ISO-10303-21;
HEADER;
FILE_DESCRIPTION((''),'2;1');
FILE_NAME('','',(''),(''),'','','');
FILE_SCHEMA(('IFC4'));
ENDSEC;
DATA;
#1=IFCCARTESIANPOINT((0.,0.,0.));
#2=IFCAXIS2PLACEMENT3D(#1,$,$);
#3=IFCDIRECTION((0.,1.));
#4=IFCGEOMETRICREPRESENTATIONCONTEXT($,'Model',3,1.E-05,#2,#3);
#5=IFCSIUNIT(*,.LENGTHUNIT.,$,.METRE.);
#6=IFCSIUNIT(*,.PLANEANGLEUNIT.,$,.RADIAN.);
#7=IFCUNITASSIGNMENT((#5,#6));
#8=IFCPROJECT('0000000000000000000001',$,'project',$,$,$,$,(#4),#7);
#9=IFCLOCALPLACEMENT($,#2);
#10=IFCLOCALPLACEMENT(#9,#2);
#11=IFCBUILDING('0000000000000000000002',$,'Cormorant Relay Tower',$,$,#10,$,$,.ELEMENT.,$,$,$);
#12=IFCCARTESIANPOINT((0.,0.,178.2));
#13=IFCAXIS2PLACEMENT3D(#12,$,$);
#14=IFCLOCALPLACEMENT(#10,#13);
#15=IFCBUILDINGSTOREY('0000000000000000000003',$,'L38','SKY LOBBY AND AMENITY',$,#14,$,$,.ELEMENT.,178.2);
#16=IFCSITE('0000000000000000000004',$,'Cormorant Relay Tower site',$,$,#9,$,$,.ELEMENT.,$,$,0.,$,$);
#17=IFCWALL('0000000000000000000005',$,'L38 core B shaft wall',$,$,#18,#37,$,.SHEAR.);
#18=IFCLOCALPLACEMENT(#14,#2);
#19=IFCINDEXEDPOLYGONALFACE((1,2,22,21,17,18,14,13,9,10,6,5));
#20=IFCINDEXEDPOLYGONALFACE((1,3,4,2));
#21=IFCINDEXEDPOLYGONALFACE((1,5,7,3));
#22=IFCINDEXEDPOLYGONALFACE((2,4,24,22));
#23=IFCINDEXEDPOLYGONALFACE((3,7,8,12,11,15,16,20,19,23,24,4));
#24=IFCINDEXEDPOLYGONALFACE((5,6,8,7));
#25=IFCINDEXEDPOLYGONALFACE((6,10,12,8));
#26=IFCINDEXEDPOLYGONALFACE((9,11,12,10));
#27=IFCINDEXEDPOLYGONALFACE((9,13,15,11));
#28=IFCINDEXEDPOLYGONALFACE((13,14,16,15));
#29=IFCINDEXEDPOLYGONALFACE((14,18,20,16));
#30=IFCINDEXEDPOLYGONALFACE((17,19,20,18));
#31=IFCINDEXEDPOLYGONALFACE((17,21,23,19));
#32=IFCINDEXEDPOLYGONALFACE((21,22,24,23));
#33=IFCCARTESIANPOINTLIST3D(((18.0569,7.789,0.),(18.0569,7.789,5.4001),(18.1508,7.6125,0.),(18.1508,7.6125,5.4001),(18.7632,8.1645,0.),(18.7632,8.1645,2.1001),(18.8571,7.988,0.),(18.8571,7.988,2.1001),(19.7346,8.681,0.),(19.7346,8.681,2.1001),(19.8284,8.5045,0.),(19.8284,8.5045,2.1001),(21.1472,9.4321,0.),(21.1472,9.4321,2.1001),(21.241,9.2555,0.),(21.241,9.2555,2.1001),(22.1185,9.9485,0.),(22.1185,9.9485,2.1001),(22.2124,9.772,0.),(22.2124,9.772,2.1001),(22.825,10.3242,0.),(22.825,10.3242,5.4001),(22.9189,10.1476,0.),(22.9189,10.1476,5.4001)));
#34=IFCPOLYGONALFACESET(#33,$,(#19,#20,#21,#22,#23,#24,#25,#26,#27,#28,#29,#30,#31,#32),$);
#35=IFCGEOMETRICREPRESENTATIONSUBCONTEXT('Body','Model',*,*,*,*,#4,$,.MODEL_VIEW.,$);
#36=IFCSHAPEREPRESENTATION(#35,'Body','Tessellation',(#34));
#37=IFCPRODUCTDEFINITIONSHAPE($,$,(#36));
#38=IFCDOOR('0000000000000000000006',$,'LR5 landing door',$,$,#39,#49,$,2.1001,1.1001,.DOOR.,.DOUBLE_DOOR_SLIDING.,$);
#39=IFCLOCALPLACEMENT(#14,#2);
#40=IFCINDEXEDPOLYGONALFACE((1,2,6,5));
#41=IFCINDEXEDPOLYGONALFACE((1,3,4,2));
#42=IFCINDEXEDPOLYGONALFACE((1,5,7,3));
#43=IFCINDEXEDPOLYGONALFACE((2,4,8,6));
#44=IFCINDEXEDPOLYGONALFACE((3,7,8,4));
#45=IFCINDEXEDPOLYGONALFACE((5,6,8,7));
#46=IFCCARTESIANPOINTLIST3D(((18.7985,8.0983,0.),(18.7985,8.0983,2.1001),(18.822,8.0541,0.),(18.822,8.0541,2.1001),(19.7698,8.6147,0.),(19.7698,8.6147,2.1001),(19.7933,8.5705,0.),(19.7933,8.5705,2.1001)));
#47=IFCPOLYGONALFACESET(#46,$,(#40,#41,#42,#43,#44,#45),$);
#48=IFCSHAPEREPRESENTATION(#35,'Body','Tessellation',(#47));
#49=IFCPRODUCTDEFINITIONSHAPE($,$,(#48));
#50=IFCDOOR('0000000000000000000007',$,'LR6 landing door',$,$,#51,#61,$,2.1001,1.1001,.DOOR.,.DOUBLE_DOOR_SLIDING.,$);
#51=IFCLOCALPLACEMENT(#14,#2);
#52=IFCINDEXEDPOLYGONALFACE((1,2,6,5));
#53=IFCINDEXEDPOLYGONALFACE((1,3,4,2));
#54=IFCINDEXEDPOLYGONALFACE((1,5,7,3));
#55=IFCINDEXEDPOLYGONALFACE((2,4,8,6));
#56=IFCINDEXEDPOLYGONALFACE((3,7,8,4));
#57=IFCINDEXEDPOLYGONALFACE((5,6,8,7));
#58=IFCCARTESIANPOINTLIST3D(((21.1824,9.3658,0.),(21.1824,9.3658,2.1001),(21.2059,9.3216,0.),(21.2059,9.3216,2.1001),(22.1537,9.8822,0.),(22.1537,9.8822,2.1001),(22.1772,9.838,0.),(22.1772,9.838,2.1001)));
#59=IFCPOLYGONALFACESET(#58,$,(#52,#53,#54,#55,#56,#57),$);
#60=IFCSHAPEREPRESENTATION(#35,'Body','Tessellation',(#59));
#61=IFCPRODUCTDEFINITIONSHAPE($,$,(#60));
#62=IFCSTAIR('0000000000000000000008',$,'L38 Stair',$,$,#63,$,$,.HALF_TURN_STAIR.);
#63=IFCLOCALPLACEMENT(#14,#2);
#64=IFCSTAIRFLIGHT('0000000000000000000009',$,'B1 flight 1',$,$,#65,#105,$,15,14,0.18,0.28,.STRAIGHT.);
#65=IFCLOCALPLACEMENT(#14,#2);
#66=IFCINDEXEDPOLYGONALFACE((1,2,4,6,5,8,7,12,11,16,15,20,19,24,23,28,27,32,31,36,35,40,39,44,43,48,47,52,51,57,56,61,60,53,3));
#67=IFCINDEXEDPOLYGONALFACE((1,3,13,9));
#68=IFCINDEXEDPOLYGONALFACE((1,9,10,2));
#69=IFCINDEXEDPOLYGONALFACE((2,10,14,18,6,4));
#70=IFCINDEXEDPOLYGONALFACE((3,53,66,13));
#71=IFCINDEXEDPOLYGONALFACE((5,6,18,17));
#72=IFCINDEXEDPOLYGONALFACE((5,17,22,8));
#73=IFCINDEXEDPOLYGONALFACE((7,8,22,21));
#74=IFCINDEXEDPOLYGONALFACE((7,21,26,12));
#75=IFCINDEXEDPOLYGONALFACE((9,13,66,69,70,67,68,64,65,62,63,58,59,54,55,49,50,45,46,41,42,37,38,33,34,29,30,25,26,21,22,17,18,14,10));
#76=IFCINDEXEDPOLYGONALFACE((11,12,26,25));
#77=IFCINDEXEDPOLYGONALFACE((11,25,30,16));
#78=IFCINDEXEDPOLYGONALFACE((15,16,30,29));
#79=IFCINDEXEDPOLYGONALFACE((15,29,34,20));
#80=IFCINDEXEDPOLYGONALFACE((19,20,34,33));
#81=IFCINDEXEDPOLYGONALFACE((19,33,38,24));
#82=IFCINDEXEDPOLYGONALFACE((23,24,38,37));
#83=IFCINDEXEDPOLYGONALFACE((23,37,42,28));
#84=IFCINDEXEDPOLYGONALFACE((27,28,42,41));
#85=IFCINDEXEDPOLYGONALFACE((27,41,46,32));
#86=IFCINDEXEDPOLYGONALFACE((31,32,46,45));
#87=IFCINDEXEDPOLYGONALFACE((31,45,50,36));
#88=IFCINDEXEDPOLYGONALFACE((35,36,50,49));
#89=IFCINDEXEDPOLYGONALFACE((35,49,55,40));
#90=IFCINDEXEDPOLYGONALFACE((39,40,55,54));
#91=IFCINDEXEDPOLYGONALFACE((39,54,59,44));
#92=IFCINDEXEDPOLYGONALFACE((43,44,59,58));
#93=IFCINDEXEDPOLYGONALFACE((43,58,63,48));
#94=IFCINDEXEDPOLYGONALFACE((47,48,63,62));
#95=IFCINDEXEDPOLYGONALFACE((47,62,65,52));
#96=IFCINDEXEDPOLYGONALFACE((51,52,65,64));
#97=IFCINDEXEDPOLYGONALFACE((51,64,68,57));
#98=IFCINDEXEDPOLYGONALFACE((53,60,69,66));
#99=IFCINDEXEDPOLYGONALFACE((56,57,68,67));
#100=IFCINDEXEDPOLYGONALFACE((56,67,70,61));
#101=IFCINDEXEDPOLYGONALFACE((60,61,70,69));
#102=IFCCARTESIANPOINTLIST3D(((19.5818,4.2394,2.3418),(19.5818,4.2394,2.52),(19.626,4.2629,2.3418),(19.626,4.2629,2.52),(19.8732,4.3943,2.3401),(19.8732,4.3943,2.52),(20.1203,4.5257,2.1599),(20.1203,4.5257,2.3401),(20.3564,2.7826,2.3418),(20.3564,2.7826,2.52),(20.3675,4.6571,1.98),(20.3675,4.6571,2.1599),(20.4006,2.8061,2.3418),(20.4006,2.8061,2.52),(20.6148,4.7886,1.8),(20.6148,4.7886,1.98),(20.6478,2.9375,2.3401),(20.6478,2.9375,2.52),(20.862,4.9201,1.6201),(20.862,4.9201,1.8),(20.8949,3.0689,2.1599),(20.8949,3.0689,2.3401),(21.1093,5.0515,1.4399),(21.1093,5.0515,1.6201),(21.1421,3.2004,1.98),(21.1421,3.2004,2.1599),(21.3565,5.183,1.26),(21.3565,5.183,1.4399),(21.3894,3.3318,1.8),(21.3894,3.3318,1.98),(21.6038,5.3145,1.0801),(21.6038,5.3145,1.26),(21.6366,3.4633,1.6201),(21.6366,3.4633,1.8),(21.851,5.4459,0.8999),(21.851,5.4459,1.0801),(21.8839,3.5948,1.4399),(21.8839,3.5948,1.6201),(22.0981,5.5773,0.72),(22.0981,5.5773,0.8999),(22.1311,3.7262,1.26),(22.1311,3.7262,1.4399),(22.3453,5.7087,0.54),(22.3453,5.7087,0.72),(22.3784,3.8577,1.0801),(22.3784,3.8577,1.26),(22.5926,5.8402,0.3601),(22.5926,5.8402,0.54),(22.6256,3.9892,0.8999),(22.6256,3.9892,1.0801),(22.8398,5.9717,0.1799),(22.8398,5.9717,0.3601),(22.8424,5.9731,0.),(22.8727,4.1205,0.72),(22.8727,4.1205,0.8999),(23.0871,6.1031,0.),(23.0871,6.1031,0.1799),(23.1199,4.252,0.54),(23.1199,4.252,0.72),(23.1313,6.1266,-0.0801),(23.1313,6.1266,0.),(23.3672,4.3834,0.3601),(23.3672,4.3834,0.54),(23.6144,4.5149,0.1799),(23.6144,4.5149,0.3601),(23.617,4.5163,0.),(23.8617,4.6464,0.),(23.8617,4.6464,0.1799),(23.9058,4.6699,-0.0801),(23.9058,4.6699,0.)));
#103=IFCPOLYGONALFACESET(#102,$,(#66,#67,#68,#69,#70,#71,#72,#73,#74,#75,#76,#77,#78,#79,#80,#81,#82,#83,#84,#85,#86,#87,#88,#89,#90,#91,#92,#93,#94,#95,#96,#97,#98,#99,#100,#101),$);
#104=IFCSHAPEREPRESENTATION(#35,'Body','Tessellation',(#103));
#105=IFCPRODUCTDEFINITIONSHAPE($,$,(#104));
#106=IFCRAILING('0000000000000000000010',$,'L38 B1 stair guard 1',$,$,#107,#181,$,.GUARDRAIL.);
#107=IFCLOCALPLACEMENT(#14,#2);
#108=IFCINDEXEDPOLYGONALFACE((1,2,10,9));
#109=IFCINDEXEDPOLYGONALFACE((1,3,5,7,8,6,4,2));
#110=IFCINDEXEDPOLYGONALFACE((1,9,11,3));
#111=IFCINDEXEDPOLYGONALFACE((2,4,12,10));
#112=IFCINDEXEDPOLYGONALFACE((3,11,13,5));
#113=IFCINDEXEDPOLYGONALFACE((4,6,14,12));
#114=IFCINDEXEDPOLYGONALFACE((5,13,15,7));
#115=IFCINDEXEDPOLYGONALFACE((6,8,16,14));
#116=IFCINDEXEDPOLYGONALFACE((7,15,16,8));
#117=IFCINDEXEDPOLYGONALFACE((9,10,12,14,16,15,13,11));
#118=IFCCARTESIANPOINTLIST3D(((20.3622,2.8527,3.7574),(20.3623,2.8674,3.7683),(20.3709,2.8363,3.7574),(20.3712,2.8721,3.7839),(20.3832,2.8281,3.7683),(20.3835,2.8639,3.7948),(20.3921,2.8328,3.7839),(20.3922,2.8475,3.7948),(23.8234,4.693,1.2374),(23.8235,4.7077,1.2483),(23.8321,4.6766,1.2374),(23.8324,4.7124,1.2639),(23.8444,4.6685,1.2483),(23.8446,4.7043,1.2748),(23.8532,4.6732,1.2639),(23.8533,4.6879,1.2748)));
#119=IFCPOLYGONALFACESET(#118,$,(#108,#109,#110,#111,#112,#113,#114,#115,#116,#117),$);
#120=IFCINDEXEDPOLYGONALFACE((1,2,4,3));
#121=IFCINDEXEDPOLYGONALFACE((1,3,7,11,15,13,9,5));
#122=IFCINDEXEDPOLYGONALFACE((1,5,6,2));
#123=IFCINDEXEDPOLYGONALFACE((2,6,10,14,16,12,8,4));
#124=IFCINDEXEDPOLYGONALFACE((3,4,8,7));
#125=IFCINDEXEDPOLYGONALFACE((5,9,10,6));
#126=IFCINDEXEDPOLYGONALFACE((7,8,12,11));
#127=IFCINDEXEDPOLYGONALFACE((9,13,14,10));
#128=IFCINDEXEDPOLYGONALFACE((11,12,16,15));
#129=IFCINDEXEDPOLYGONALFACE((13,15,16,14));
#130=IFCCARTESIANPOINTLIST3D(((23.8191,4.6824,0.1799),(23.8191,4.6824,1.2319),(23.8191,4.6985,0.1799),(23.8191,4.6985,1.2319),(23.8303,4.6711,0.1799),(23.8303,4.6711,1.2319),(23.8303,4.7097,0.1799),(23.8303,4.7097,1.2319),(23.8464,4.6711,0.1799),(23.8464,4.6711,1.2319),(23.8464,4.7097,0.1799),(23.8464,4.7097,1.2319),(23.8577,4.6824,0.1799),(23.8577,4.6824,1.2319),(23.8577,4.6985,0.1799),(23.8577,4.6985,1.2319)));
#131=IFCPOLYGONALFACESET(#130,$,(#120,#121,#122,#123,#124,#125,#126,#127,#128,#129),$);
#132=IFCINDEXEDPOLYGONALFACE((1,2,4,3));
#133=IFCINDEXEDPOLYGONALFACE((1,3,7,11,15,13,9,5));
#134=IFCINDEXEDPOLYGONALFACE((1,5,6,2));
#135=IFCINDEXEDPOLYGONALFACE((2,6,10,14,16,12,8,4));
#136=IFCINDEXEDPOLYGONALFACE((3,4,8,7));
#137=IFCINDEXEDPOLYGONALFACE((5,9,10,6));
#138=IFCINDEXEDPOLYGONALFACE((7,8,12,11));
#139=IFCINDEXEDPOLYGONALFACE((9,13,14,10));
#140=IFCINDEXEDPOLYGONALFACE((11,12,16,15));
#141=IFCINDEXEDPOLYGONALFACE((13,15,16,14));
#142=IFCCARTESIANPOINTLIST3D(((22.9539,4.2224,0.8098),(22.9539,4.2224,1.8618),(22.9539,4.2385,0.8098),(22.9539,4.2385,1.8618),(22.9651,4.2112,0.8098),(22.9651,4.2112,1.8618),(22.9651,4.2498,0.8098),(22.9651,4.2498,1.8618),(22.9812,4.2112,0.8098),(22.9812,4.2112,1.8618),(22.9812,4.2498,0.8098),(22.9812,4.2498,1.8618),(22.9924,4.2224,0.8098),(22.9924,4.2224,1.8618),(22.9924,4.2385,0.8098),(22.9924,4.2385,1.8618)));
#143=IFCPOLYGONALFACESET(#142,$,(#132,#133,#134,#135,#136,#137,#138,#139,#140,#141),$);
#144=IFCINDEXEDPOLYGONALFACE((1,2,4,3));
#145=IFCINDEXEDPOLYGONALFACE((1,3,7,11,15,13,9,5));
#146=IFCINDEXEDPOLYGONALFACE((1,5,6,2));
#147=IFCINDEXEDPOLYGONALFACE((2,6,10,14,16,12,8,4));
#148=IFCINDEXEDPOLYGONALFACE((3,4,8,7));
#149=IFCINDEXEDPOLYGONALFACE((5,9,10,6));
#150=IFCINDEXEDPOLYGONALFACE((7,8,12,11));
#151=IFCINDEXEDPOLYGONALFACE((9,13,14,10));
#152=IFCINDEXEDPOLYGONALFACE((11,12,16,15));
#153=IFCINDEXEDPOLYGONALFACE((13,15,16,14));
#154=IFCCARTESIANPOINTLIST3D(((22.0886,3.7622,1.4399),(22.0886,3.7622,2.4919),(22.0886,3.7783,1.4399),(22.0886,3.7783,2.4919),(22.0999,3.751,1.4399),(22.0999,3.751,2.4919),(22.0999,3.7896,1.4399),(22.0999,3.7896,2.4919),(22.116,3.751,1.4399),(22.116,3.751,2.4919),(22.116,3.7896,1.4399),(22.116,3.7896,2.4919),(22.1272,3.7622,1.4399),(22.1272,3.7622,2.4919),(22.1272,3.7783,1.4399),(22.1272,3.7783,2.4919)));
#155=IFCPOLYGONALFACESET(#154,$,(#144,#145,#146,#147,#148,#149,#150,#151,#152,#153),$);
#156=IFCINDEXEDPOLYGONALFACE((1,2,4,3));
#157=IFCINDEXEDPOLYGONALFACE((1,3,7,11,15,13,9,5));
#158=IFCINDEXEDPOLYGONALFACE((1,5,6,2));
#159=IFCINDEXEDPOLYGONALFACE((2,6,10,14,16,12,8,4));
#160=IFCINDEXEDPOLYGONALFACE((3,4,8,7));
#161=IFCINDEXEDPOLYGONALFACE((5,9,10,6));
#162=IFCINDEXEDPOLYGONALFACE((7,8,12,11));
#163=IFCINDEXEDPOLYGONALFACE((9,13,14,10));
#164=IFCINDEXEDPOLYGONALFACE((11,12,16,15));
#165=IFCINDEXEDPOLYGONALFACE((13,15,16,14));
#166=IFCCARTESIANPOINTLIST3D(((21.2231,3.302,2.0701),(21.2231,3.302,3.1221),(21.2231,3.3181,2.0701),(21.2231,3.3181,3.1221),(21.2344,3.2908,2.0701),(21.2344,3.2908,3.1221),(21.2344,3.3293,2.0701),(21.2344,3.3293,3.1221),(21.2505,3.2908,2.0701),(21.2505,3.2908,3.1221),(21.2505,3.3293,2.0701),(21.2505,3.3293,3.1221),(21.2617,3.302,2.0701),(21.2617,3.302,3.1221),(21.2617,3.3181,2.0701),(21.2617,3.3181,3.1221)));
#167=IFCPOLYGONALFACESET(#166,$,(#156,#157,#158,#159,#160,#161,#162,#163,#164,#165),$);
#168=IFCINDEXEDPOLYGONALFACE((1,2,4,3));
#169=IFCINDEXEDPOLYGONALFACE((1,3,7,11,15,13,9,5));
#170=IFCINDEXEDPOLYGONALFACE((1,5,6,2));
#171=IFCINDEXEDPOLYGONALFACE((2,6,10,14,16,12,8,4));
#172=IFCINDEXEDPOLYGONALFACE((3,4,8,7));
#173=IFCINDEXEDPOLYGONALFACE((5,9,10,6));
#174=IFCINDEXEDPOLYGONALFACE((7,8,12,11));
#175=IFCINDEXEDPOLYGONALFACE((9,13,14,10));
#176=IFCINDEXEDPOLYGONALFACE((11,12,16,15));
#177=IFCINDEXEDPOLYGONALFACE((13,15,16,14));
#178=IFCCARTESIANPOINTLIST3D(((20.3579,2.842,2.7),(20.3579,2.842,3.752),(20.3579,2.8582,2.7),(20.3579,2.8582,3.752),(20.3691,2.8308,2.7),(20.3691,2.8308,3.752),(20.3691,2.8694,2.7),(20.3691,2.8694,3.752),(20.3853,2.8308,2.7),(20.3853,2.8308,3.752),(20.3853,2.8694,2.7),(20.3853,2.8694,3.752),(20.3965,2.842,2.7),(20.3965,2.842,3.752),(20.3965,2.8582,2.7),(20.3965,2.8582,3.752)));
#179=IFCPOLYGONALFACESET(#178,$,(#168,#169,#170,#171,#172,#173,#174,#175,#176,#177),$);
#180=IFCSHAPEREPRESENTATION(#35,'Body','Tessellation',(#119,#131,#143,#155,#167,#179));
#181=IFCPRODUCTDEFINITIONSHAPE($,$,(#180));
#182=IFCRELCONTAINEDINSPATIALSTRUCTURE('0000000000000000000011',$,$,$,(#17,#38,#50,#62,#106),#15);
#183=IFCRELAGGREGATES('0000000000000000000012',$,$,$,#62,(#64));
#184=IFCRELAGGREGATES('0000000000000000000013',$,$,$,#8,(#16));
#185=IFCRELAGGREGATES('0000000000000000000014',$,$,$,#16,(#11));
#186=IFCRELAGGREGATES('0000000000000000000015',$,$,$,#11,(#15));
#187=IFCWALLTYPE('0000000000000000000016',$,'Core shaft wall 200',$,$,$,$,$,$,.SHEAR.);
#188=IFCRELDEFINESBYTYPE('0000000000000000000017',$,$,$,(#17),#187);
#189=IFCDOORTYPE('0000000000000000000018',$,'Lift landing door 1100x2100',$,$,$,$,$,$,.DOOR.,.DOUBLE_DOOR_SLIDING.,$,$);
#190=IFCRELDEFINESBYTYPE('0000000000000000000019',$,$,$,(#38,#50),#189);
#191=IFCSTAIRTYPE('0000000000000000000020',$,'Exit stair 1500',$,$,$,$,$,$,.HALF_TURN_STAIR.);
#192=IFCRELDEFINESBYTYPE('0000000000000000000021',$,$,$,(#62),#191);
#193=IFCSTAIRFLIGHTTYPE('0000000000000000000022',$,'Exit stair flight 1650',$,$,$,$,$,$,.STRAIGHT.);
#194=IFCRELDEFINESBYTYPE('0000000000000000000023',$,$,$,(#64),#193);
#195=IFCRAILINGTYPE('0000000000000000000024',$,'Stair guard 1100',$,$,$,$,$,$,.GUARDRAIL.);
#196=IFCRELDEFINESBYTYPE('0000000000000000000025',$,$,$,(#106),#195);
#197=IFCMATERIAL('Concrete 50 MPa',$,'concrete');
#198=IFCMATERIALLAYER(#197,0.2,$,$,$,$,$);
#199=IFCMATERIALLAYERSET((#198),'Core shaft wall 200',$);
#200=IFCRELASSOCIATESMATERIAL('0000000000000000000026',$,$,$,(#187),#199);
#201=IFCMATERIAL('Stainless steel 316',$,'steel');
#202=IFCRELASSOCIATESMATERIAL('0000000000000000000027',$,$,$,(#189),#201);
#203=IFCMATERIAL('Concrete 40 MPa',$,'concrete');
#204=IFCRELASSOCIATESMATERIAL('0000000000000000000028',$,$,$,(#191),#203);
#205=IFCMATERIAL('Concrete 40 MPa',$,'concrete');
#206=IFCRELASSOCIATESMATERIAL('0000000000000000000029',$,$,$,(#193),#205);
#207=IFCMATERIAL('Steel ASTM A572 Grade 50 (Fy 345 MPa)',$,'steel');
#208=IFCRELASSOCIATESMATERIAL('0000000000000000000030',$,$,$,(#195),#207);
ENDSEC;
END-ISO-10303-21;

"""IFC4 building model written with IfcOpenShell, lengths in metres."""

from ifc_helpers import new_model, si_unit, direction, frame, frame_2d, origin, place, context, subcontext, project, spatial, polyline, rectangle, outline, extrude, material, layer, layer_set, type_object, element, fill, aggregate, save


model = new_model("IFC4")

# Units and contexts
model_context = context("Model", 3, precision=1e-05, world=origin(), true_north=direction((0.0, 1.0)))
body_context = subcontext(model_context, "Body", "Model", "MODEL_VIEW")
ifc_project = project(units=[si_unit("LENGTHUNIT", "METRE"), si_unit("PLANEANGLEUNIT", "RADIAN")], contexts=[model_context])

# Site, building, storey
site_placement = place(None, origin())
site = spatial("IfcSite", under=ifc_project, at=site_placement, Name="Cormorant Relay Tower site", CompositionType="ELEMENT", RefElevation=0.0)
building_placement = place(site_placement, origin())
building = spatial("IfcBuilding", under=site, at=building_placement, Name="Cormorant Relay Tower", CompositionType="ELEMENT")
storey_placement = place(building_placement, frame((0.0, 0.0, 178.2)))
storey = spatial("IfcBuildingStorey", under=building, at=storey_placement, Name="L38", Description="SKY LOBBY AND AMENITY", CompositionType="ELEMENT", Elevation=178.2)

# Shared definitions
ifc_material_1 = material(Name="Concrete 50 MPa", Category="concrete")
ifc_layer_1 = layer(ifc_material_1, 0.2)
ifc_layer_set_1 = layer_set([ifc_layer_1], Name="Core shaft wall 200")
wall_type_1 = type_object("IfcWallType", Name="Core shaft wall 200", PredefinedType="SHEAR", material=ifc_layer_set_1)

# Wall, openings, doors
wall_1_placement = place(storey_placement, frame((18.1038, 7.7007, 0.0), z_axis=(0.0, 0.0, 1.0), x_axis=(0.882953, 0.469462, 0.0)))
wall_1 = element("IfcWall", 1, at=wall_1_placement, inside=storey, type_object=wall_type_1, Name="L38 core B shaft wall", PredefinedType="SHEAR", context=body_context, shape_type="SweptSolid", body=[
    extrude(rectangle(XDim=5.4001, YDim=0.2, at=frame_2d((2.7002, 0.0))), origin(), (0.0, 0.0, 1.0), 5.4001),
])
opening_1_placement = place(wall_1_placement, frame((0.8, 0.0, 0.0)))
opening_1 = element("IfcOpeningElement", 2, at=opening_1_placement, cuts=wall_1, PredefinedType="OPENING", context=body_context, shape_type="SweptSolid", body=[
    extrude(rectangle(XDim=1.1001, YDim=2.1001, at=frame_2d((0.55, 1.05))), frame((0.0, 0.1099, 0.0), z_axis=(0.0, -1.0, 0.0), x_axis=(1.0, 0.0, 0.0)), (0.0, 0.0, 1.0), 0.22),
])
opening_2_placement = place(wall_1_placement, frame((3.5, 0.0, 0.0)))
opening_2 = element("IfcOpeningElement", 3, at=opening_2_placement, cuts=wall_1, PredefinedType="OPENING", context=body_context, shape_type="SweptSolid", body=[
    extrude(rectangle(XDim=1.1001, YDim=2.1001, at=frame_2d((0.55, 1.05))), frame((0.0, 0.1099, 0.0), z_axis=(0.0, -1.0, 0.0), x_axis=(1.0, 0.0, 0.0)), (0.0, 0.0, 1.0), 0.22),
])
ifc_material_2 = material(Name="Stainless steel 316", Category="steel")
door_type_1 = type_object("IfcDoorType", Name="Lift landing door 1100x2100", OperationType="DOUBLE_DOOR_SLIDING", PredefinedType="DOOR", material=ifc_material_2)
door_1_placement = place(opening_1_placement, origin())
door_1 = element("IfcDoor", 4, at=door_1_placement, inside=storey, type_object=door_type_1, Name="LR5 landing door", OperationType="DOUBLE_DOOR_SLIDING", OverallHeight=2.1001, OverallWidth=1.1001, PredefinedType="DOOR", context=body_context, shape_type="SweptSolid", body=[
    extrude(rectangle(XDim=1.1001, YDim=2.1001, at=frame_2d((0.55, 1.05))), frame((0.0, 0.0249, 0.0), z_axis=(0.0, -1.0, 0.0), x_axis=(1.0, 0.0, 0.0)), (0.0, 0.0, 1.0), 0.05),
])
fill(opening_1, door_1)
door_2_placement = place(opening_2_placement, origin())
door_2 = element("IfcDoor", 5, at=door_2_placement, inside=storey, type_object=door_type_1, Name="LR6 landing door", OperationType="DOUBLE_DOOR_SLIDING", OverallHeight=2.1001, OverallWidth=1.1001, PredefinedType="DOOR", context=body_context, shape_type="SweptSolid", body=[
    extrude(rectangle(XDim=1.1001, YDim=2.1001, at=frame_2d((0.55, 1.05))), frame((0.0, 0.0249, 0.0), z_axis=(0.0, -1.0, 0.0), x_axis=(1.0, 0.0, 0.0)), (0.0, 0.0, 1.0), 0.05),
])
fill(opening_2, door_2)

# Stair, stair flight
ifc_material_3 = material(Name="Concrete 40 MPa", Category="concrete")
stair_type = type_object("IfcStairType", Name="Exit stair 1500", PredefinedType="HALF_TURN_STAIR", material=ifc_material_3)
stair_placement = place(storey_placement, origin())
stair = element("IfcStair", 6, at=stair_placement, inside=storey, type_object=stair_type, Name="L38 Stair", PredefinedType="HALF_TURN_STAIR")
ifc_material_4 = material(Name="Concrete 40 MPa", Category="concrete")
stair_flight_type = type_object("IfcStairFlightType", Name="Exit stair flight 1650", PredefinedType="STRAIGHT", material=ifc_material_4)
stair_flight_placement = place(storey_placement, frame((23.4744, 5.3748, 0.0), z_axis=(0.0, 0.0, 1.0), x_axis=(-0.882948, -0.469472, 0.0)))
stair_flight = element("IfcStairFlight", 7, at=stair_flight_placement, type_object=stair_flight_type, Name="B1 flight 1", NumberOfRisers=15, NumberOfTreads=14, PredefinedType="STRAIGHT", RiserHeight=0.18, TreadLength=0.28, context=body_context, shape_type="SweptSolid", body=[
    extrude(outline(polyline([(-0.05, -0.0801), (-0.05, 0.0), (0.0, 0.0), (0.0, 0.1799), (0.28, 0.1799), (0.28, 0.3601), (0.5601, 0.3601), (0.5601, 0.54), (0.8401, 0.54), (0.8401, 0.72), (1.1201, 0.72), (1.1201, 0.8999), (1.3999, 0.8999), (1.3999, 1.0801), (1.6799, 1.0801), (1.6799, 1.26), (1.96, 1.26), (1.96, 1.4399), (2.24, 1.4399), (2.24, 1.6201), (2.52, 1.6201), (2.52, 1.8), (2.8, 1.8), (2.8, 1.98), (3.0801, 1.98), (3.0801, 2.1599), (3.3601, 2.1599), (3.3601, 2.3401), (3.6399, 2.3401), (3.6399, 2.52), (3.9199, 2.52), (3.97, 2.52), (3.97, 2.3418), (3.9199, 2.3418), (0.2771, 0.0), (-0.05, -0.0801)])), frame((0.0, 0.825, 0.0), z_axis=(0.0, -1.0, 0.0), x_axis=(1.0, 0.0, 0.0)), (0.0, 0.0, 1.0), 1.6499),
])
aggregate(stair, [stair_flight])

# Railing
ifc_material_5 = material(Name="Steel ASTM A572 Grade 50 (Fy 345 MPa)", Category="steel")
railing_type_1 = type_object("IfcRailingType", Name="Stair guard 1100", PredefinedType="GUARDRAIL", material=ifc_material_5)
railing_1_placement = place(storey_placement, frame((23.8384, 4.6904, 0.1799)))
element("IfcRailing", 8, at=railing_1_placement, inside=storey, type_object=railing_type_1, Name="L38 B1 stair guard 1", PredefinedType="GUARDRAIL", context=body_context, shape_type="SweptSolid", body=[
    extrude(outline(polyline([(0.0222, 0.0093), (0.0093, 0.0222), (-0.0093, 0.0222), (-0.0222, 0.0093), (-0.0222, -0.0093), (-0.0093, -0.0222), (0.0093, -0.0222), (0.0222, -0.0093), (0.0222, 0.0093)])), frame((0.0, 0.0, 1.0762), z_axis=(-0.742717, -0.394907, 0.540758), x_axis=(0.469469, -0.882949, 0.0)), (0.0, 0.0, 1.0), 4.6602),
    extrude(outline(polyline([(0.0193, 0.0081), (0.0081, 0.0193), (-0.0081, 0.0193), (-0.0193, 0.0081), (-0.0193, -0.0081), (-0.0081, -0.0193), (0.0081, -0.0193), (0.0193, -0.0081), (0.0193, 0.0081)])), origin(), (0.0, 0.0, 1.0), 1.052),
    extrude(outline(polyline([(0.0193, 0.0081), (0.0081, 0.0193), (-0.0081, 0.0193), (-0.0193, 0.0081), (-0.0193, -0.0081), (-0.0081, -0.0193), (0.0081, -0.0193), (0.0193, -0.0081), (0.0193, 0.0081)])), frame((-0.8652, -0.46, 0.6299)), (0.0, 0.0, 1.0), 1.052),
    extrude(outline(polyline([(0.0193, 0.0081), (0.0081, 0.0193), (-0.0081, 0.0193), (-0.0193, 0.0081), (-0.0193, -0.0081), (-0.0081, -0.0193), (0.0081, -0.0193), (0.0193, -0.0081), (0.0193, 0.0081)])), frame((-1.7305, -0.9202, 1.26)), (0.0, 0.0, 1.0), 1.052),
    extrude(outline(polyline([(0.0193, 0.0081), (0.0081, 0.0193), (-0.0081, 0.0193), (-0.0193, 0.0081), (-0.0193, -0.0081), (-0.0081, -0.0193), (0.0081, -0.0193), (0.0193, -0.0081), (0.0193, 0.0081)])), frame((-2.5959, -1.3804, 1.8901)), (0.0, 0.0, 1.0), 1.052),
    extrude(outline(polyline([(0.0193, 0.0081), (0.0081, 0.0193), (-0.0081, 0.0193), (-0.0193, 0.0081), (-0.0193, -0.0081), (-0.0081, -0.0193), (0.0081, -0.0193), (0.0193, -0.0081), (0.0193, 0.0081)])), frame((-3.4612, -1.8403, 2.52)), (0.0, 0.0, 1.0), 1.052),
])

save(model, "model.ifc")
